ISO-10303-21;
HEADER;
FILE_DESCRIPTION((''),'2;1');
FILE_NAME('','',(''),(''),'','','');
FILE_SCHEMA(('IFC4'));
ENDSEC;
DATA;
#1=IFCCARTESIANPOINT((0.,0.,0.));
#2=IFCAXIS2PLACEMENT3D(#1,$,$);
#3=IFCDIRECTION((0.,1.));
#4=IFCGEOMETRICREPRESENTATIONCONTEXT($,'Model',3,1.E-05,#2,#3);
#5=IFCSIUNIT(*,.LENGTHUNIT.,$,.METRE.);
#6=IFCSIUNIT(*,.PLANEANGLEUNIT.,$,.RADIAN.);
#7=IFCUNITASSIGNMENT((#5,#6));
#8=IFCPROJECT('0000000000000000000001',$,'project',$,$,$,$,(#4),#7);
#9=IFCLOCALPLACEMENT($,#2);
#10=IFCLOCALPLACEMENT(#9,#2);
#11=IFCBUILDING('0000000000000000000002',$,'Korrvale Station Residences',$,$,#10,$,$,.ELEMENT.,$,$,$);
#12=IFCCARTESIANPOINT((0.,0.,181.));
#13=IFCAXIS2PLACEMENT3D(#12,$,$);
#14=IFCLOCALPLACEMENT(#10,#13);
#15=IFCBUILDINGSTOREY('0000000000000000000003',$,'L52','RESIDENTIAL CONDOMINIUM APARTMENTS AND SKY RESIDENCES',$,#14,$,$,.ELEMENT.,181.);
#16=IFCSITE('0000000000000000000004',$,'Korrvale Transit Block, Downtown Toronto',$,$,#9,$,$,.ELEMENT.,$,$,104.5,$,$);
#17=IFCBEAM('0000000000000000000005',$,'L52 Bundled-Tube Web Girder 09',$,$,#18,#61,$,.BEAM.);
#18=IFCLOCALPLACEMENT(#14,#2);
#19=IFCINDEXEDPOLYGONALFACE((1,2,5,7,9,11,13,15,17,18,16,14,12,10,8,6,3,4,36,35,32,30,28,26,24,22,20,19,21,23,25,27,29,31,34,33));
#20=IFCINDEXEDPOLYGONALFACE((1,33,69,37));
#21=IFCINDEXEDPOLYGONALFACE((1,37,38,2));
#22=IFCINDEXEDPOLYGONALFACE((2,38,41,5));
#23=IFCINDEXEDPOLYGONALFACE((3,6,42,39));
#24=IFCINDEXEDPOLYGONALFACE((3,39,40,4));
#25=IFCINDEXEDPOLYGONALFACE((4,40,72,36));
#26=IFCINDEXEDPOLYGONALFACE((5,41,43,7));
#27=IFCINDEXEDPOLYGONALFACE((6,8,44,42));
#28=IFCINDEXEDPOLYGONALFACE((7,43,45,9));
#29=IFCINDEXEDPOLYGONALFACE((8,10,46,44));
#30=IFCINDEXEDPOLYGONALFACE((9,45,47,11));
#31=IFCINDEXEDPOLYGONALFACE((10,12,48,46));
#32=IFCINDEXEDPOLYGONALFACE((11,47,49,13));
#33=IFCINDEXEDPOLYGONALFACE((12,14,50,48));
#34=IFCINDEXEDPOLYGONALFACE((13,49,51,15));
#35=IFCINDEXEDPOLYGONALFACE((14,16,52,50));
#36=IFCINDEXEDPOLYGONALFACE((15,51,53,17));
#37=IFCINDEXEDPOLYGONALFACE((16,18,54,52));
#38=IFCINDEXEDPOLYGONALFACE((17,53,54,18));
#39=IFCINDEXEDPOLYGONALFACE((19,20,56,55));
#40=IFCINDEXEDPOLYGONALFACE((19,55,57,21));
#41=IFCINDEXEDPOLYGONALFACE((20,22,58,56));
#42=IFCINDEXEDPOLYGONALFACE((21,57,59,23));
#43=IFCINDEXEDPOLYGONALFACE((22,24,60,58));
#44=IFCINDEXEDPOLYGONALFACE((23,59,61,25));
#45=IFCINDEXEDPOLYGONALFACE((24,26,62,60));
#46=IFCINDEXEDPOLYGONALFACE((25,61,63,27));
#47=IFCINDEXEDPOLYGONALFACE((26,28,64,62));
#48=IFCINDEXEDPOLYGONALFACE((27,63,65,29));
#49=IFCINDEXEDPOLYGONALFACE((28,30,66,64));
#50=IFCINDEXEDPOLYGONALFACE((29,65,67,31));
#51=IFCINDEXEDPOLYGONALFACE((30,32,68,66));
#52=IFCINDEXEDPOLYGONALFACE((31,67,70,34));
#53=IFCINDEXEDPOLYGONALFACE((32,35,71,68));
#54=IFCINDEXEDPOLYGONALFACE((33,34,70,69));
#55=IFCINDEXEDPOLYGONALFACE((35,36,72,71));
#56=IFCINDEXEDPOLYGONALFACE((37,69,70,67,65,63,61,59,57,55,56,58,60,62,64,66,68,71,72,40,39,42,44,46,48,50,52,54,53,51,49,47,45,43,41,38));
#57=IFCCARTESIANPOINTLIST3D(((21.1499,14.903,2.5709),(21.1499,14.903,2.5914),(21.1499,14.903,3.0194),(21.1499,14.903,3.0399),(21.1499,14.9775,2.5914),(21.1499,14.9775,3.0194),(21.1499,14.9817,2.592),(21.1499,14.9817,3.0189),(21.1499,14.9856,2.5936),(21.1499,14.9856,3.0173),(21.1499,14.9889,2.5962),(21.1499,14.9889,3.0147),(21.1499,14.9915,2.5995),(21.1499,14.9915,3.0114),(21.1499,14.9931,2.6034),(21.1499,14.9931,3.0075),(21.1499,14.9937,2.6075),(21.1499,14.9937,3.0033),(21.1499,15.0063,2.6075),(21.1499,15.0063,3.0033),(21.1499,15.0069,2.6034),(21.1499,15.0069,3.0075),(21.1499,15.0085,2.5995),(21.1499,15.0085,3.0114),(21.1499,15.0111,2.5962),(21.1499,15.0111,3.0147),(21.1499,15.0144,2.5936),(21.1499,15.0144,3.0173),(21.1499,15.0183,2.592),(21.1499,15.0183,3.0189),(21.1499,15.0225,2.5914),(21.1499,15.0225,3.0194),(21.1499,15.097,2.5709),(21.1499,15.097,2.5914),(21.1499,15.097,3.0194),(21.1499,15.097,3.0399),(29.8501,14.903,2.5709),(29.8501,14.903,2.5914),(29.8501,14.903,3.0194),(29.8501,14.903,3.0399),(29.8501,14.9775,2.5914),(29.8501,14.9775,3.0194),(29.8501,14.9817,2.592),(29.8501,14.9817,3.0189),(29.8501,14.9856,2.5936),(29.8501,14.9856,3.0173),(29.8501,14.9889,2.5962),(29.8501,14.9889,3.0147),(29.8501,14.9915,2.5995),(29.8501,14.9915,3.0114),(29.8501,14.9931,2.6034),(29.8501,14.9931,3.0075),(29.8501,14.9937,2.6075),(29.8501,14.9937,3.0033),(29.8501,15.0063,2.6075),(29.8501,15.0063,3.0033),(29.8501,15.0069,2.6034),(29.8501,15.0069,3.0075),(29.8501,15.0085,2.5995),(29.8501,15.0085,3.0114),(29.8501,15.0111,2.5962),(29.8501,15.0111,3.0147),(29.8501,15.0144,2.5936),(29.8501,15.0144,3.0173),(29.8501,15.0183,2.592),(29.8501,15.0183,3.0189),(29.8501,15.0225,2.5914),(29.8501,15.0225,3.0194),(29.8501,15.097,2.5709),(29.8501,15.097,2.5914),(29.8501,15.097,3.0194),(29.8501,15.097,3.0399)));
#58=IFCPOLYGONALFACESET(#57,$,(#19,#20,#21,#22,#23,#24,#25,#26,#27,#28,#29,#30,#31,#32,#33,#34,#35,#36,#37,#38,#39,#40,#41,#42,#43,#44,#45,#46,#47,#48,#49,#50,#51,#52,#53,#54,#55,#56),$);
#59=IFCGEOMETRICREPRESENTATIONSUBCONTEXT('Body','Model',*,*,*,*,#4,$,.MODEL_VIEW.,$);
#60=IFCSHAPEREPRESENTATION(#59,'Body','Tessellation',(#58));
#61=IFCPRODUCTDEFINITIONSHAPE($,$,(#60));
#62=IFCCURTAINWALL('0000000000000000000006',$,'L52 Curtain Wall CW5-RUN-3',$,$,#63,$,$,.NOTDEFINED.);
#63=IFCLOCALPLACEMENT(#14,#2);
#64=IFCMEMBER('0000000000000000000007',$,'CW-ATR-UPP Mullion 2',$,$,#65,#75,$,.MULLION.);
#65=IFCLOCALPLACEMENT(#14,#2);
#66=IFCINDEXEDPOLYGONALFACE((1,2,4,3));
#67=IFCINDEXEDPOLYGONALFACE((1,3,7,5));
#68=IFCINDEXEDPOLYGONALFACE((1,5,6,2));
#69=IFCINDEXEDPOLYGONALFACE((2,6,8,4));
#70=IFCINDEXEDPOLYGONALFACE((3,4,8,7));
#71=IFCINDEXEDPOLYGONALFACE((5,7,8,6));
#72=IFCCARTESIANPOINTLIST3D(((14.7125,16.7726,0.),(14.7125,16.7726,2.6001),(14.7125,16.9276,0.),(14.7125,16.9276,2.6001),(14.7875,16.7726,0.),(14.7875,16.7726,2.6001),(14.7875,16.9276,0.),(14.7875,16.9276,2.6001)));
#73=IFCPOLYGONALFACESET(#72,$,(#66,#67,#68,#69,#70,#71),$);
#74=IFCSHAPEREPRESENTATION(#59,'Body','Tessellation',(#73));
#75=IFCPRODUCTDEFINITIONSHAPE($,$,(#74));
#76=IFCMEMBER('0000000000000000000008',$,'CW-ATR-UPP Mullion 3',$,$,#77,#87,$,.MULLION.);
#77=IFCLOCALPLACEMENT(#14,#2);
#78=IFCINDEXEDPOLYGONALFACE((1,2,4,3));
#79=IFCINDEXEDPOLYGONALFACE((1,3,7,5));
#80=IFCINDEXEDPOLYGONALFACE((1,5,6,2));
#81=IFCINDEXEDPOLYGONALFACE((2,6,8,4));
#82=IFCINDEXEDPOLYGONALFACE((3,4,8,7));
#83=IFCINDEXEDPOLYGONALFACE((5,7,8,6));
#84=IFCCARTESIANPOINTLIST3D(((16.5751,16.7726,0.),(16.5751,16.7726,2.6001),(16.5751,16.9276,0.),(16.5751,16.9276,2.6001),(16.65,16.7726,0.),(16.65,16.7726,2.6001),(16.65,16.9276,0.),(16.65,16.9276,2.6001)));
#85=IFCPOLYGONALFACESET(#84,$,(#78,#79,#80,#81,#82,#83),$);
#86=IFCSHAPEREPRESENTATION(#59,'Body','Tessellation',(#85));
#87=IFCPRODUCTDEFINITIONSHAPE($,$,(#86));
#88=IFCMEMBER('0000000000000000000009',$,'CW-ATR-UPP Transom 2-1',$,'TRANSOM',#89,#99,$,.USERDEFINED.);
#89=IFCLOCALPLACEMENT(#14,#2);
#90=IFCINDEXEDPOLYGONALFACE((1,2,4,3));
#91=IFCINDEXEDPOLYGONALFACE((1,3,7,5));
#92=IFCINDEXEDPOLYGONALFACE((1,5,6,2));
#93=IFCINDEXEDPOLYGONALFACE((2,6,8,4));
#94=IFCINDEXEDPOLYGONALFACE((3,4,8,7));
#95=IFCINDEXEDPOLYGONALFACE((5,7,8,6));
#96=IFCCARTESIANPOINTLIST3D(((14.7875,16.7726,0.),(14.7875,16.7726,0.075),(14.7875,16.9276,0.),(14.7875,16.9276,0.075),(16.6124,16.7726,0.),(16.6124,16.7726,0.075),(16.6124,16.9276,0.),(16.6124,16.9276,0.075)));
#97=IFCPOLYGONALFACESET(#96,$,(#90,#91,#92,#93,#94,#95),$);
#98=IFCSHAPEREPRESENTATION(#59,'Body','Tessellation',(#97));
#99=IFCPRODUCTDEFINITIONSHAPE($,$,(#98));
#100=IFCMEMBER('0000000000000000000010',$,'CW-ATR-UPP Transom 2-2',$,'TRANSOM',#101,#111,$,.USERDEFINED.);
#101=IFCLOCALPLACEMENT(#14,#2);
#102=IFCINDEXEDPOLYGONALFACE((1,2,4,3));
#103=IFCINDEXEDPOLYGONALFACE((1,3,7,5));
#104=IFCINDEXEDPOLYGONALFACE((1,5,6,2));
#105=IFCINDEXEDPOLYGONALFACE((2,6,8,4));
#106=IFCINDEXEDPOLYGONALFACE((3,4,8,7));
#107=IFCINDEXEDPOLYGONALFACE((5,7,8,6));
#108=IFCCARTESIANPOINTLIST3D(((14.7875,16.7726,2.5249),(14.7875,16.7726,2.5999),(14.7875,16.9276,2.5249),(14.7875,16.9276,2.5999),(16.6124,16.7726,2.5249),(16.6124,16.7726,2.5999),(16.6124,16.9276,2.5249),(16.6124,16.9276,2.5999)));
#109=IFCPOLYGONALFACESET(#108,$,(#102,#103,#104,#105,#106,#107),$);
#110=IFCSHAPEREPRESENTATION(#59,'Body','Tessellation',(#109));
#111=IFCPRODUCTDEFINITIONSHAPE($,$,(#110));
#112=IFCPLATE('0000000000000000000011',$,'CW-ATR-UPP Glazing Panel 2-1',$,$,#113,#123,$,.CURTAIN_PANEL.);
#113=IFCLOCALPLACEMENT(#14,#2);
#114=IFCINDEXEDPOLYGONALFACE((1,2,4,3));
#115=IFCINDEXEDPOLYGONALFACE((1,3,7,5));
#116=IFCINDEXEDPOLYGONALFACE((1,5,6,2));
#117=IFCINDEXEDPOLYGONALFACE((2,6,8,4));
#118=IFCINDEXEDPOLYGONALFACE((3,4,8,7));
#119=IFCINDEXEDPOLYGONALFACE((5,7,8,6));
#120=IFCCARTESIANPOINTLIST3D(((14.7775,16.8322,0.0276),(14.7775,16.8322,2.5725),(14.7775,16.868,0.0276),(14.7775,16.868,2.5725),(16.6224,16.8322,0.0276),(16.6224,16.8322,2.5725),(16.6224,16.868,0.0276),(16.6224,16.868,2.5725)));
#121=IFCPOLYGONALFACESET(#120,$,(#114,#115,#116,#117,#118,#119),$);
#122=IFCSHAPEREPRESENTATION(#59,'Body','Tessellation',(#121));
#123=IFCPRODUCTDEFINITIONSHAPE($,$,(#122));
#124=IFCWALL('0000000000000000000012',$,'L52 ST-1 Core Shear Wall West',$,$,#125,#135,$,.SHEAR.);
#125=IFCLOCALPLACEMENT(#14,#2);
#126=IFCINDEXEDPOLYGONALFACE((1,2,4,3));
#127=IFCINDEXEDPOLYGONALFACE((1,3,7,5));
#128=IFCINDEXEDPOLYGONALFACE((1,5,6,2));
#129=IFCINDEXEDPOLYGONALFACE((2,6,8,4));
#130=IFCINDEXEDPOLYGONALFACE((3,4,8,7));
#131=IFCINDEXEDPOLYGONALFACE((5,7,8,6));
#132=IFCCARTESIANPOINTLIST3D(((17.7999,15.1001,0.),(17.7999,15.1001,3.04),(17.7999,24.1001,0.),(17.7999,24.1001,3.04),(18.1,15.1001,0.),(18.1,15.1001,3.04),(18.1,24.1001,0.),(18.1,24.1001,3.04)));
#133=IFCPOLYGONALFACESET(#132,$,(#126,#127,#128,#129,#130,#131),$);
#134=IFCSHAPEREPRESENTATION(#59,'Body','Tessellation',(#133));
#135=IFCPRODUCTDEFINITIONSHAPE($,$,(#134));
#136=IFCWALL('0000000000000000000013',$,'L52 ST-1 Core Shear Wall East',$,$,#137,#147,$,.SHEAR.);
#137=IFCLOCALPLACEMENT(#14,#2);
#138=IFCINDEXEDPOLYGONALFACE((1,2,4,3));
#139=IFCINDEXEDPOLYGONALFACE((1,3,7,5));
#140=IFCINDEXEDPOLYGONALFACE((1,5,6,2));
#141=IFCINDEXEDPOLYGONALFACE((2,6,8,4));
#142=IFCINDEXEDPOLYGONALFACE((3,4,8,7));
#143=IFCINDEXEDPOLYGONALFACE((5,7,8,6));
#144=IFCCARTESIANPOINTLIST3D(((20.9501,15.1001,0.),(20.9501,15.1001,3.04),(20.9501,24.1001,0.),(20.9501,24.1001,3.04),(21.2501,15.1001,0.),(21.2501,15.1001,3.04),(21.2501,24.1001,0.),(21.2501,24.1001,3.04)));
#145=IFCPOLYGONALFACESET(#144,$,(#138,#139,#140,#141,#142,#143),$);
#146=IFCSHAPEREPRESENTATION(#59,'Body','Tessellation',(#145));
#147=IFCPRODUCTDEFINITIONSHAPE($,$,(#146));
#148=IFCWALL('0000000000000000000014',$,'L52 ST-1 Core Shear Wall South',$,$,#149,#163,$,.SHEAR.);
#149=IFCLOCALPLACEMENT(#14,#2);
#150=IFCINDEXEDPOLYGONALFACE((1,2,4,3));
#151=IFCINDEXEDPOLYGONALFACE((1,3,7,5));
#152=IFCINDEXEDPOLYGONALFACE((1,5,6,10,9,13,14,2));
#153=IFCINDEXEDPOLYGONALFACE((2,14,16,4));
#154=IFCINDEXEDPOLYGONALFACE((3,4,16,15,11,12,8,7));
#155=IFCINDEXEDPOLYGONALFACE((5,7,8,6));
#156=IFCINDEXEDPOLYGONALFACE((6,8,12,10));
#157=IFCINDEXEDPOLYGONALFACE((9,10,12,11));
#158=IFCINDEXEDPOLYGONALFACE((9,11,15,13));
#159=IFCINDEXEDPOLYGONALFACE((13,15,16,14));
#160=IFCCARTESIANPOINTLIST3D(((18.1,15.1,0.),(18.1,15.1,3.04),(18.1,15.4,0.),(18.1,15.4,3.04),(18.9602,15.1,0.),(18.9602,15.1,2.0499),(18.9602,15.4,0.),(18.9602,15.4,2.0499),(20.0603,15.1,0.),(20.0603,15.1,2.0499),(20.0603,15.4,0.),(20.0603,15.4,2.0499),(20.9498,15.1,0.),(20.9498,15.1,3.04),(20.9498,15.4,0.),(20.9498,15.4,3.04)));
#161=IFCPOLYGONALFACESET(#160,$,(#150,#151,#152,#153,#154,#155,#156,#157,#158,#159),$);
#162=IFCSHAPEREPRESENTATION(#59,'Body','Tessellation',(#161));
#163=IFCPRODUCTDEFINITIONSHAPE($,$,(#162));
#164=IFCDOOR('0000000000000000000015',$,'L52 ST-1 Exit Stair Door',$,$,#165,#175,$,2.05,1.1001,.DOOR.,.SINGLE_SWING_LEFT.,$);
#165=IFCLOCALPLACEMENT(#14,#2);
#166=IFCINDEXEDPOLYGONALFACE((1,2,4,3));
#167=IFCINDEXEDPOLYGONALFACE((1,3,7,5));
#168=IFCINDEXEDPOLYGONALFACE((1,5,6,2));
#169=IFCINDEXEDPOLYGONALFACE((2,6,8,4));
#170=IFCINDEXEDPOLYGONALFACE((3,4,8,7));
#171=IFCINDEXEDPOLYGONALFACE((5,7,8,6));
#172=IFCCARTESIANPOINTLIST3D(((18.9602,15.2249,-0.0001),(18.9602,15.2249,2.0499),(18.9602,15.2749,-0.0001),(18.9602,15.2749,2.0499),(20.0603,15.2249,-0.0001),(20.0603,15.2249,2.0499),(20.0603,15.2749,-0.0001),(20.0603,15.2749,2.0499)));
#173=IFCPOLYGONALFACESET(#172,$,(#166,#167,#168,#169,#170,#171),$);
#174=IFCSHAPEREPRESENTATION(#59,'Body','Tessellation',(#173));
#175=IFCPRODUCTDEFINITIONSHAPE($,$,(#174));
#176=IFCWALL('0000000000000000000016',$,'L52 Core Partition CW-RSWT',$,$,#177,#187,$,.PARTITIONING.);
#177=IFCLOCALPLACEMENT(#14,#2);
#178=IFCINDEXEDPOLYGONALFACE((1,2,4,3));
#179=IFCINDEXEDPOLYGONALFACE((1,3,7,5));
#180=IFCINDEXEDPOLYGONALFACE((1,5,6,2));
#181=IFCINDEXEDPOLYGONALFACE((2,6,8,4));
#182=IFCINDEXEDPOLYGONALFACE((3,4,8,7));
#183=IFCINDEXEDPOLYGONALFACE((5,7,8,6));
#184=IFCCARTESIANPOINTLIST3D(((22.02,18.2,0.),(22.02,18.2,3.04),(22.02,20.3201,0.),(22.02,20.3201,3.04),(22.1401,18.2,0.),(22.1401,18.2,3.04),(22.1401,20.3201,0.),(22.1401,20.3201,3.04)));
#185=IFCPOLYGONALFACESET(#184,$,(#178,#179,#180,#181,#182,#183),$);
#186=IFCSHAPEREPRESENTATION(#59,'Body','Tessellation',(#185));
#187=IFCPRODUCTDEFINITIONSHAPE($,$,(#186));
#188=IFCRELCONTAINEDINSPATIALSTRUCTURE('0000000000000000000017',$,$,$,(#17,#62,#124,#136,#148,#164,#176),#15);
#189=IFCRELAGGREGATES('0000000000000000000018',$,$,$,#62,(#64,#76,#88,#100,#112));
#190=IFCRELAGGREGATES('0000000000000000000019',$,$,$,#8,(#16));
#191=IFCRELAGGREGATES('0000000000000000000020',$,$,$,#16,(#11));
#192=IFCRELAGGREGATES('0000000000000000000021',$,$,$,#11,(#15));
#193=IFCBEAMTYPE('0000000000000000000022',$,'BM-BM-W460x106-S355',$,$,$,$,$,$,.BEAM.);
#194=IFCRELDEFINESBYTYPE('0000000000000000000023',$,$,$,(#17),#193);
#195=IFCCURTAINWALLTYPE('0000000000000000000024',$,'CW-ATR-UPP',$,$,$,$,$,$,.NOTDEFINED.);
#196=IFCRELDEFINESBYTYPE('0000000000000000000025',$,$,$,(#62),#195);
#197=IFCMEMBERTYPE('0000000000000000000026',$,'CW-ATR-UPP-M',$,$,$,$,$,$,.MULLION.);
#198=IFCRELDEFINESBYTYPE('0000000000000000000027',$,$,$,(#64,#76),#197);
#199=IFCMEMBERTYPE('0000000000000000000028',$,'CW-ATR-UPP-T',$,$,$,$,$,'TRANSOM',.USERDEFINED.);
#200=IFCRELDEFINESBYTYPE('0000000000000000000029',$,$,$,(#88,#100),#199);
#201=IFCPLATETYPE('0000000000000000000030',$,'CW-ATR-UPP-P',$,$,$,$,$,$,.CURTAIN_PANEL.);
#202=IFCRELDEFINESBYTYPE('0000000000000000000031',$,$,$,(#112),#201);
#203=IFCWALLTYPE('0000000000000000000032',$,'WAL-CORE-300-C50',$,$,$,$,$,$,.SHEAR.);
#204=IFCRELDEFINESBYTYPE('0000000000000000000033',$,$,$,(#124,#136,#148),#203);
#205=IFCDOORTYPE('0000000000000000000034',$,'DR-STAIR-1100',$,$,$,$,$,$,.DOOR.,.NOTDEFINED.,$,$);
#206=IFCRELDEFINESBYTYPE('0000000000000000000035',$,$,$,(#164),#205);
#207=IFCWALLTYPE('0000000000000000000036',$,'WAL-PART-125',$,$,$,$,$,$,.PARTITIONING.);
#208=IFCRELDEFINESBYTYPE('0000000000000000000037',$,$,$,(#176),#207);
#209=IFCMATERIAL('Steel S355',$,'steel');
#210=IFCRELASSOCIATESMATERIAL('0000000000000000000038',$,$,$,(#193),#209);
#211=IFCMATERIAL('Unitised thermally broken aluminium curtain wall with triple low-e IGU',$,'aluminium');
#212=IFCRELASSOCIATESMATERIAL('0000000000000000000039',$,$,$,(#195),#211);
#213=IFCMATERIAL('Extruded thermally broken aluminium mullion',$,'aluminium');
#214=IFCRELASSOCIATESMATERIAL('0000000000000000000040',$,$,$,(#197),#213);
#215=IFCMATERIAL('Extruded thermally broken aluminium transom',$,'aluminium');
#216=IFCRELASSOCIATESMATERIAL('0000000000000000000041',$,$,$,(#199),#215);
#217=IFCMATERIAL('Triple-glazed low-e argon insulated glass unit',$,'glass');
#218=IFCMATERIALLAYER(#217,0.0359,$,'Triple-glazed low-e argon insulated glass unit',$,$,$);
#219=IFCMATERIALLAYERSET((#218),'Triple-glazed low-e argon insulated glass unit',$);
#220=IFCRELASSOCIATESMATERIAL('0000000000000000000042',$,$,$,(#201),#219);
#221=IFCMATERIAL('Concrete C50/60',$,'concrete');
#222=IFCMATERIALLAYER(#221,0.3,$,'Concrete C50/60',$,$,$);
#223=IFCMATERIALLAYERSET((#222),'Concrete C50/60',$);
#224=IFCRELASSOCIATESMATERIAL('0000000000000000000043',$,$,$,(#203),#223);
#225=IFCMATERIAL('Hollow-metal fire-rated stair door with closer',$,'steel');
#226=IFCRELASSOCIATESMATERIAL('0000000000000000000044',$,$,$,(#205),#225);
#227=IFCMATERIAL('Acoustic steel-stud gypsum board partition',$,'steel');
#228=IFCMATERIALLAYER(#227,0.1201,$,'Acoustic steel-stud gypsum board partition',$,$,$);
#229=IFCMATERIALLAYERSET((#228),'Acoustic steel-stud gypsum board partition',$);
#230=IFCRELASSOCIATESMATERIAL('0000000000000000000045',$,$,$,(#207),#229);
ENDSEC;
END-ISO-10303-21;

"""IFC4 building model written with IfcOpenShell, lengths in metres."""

from ifc_helpers import new_model, si_unit, direction, frame, frame_2d, origin, origin_2d, place, context, subcontext, project, spatial, rectangle, i_section, extrude, material, layer, layer_set, material_profile, profile_set, type_object, element, fill, aggregate, save


model = new_model("IFC4")

# Units and contexts
model_context = context("Model", 3, precision=1e-05, world=origin(), true_north=direction((0.0, 1.0)))
body_context = subcontext(model_context, "Body", "Model", "MODEL_VIEW")
ifc_project = project(units=[si_unit("LENGTHUNIT", "METRE"), si_unit("PLANEANGLEUNIT", "RADIAN")], contexts=[model_context])

# Site, building, storey
site_placement = place(None, origin())
site = spatial("IfcSite", under=ifc_project, at=site_placement, Name="Korrvale Transit Block, Downtown Toronto", CompositionType="ELEMENT", RefElevation=104.5)
building_placement = place(site_placement, origin())
building = spatial("IfcBuilding", under=site, at=building_placement, Name="Korrvale Station Residences", CompositionType="ELEMENT")
storey_placement = place(building_placement, frame((0.0, 0.0, 181.0)))
storey = spatial("IfcBuildingStorey", under=building, at=storey_placement, Name="L52", Description="RESIDENTIAL CONDOMINIUM APARTMENTS AND SKY RESIDENCES", CompositionType="ELEMENT", Elevation=181.0)

# Beam
ifc_material_1 = material(Name="Steel S355", Category="steel")
ifc_material_profile = material_profile(ifc_material_1, i_section(OverallWidth=0.1941, OverallDepth=0.469, WebThickness=0.0127, FlangeThickness=0.0205, FilletRadius=0.0161, at=origin_2d()), Name="W460x106")
ifc_profile_set = profile_set([ifc_material_profile], Name="Steel S355")
beam_type = type_object("IfcBeamType", Name="BM-BM-W460x106-S355", PredefinedType="BEAM", material=ifc_profile_set)
beam_placement = place(storey_placement, frame((21.1499, 15.0, 2.8054), z_axis=(1.0, 0.0, 0.0), x_axis=(0.0, 1.0, 0.0)))
element("IfcBeam", 1, at=beam_placement, inside=storey, type_object=beam_type, Name="L52 Bundled-Tube Web Girder 09", PredefinedType="BEAM", context=body_context, shape_type="SweptSolid", body=[
    extrude(i_section(OverallWidth=0.1941, OverallDepth=0.469, WebThickness=0.0127, FlangeThickness=0.0205, FilletRadius=0.0161, at=origin_2d()), origin(), (0.0, 0.0, 1.0), 8.7002),
])

# Curtain wall, members, plate
ifc_material_2 = material(Name="Unitised thermally broken aluminium curtain wall with triple low-e IGU", Category="aluminium")
curtain_wall_type = type_object("IfcCurtainWallType", Name="CW-ATR-UPP", PredefinedType="NOTDEFINED", material=ifc_material_2)
curtain_wall_placement = place(storey_placement, origin())
curtain_wall = element("IfcCurtainWall", 2, at=curtain_wall_placement, inside=storey, type_object=curtain_wall_type, Name="L52 Curtain Wall CW5-RUN-3", PredefinedType="NOTDEFINED")
ifc_material_3 = material(Name="Extruded thermally broken aluminium mullion", Category="aluminium")
member_type_1 = type_object("IfcMemberType", Name="CW-ATR-UPP-M", PredefinedType="MULLION", material=ifc_material_3)
member_1_placement = place(storey_placement, frame((14.75, 16.8501, 0.0), z_axis=(0.0, 0.0, 1.0), x_axis=(1.0, 0.0, 0.0)))
member_1 = element("IfcMember", 3, at=member_1_placement, type_object=member_type_1, Name="CW-ATR-UPP Mullion 2", PredefinedType="MULLION", context=body_context, shape_type="SweptSolid", body=[
    extrude(rectangle(XDim=0.075, YDim=0.155, at=origin_2d()), origin(), (0.0, 0.0, 1.0), 2.6001),
])
member_2_placement = place(storey_placement, frame((16.6125, 16.8501, 0.0), z_axis=(0.0, 0.0, 1.0), x_axis=(1.0, 0.0, 0.0)))
member_2 = element("IfcMember", 4, at=member_2_placement, type_object=member_type_1, Name="CW-ATR-UPP Mullion 3", PredefinedType="MULLION", context=body_context, shape_type="SweptSolid", body=[
    extrude(rectangle(XDim=0.075, YDim=0.155, at=origin_2d()), origin(), (0.0, 0.0, 1.0), 2.6001),
])
ifc_material_4 = material(Name="Extruded thermally broken aluminium transom", Category="aluminium")
member_type_2 = type_object("IfcMemberType", Name="CW-ATR-UPP-T", ElementType="TRANSOM", PredefinedType="USERDEFINED", material=ifc_material_4)
member_3_placement = place(storey_placement, frame((15.7, 16.8501, 0.0), z_axis=(0.0, 0.0, 1.0), x_axis=(1.0, 0.0, 0.0)))
member_3 = element("IfcMember", 5, at=member_3_placement, type_object=member_type_2, Name="CW-ATR-UPP Transom 2-1", ObjectType="TRANSOM", PredefinedType="USERDEFINED", context=body_context, shape_type="SweptSolid", body=[
    extrude(rectangle(XDim=1.825, YDim=0.155, at=origin_2d()), origin(), (0.0, 0.0, 1.0), 0.075),
])
member_4_placement = place(storey_placement, frame((15.7, 16.8501, 2.5249), z_axis=(0.0, 0.0, 1.0), x_axis=(1.0, 0.0, 0.0)))
member_4 = element("IfcMember", 6, at=member_4_placement, type_object=member_type_2, Name="CW-ATR-UPP Transom 2-2", ObjectType="TRANSOM", PredefinedType="USERDEFINED", context=body_context, shape_type="SweptSolid", body=[
    extrude(rectangle(XDim=1.825, YDim=0.155, at=origin_2d()), origin(), (0.0, 0.0, 1.0), 0.075),
])
ifc_material_5 = material(Name="Triple-glazed low-e argon insulated glass unit", Category="glass")
ifc_layer_1 = layer(ifc_material_5, 0.0359, Name="Triple-glazed low-e argon insulated glass unit")
ifc_layer_set_1 = layer_set([ifc_layer_1], Name="Triple-glazed low-e argon insulated glass unit")
plate_type = type_object("IfcPlateType", Name="CW-ATR-UPP-P", PredefinedType="CURTAIN_PANEL", material=ifc_layer_set_1)
plate_placement = place(storey_placement, frame((15.7, 16.8501, 0.0276), z_axis=(0.0, 0.0, 1.0), x_axis=(1.0, 0.0, 0.0)))
plate = element("IfcPlate", 7, at=plate_placement, type_object=plate_type, Name="CW-ATR-UPP Glazing Panel 2-1", PredefinedType="CURTAIN_PANEL", context=body_context, shape_type="SweptSolid", body=[
    extrude(rectangle(XDim=1.845, YDim=0.0359, at=origin_2d()), origin(), (0.0, 0.0, 1.0), 2.5449),
])
aggregate(curtain_wall, [member_1, member_2, member_3, member_4, plate])

# Walls
ifc_material_6 = material(Name="Concrete C50/60", Category="concrete")
ifc_layer_2 = layer(ifc_material_6, 0.3, Name="Concrete C50/60")
ifc_layer_set_2 = layer_set([ifc_layer_2], Name="Concrete C50/60")
wall_type_1 = type_object("IfcWallType", Name="WAL-CORE-300-C50", PredefinedType="SHEAR", material=ifc_layer_set_2)
for number, where, z_axis, x_axis, name in (
    (8, (17.95, 15.1001, 0.0), (0.0, 0.0, 1.0), (0.0, 1.0, 0.0), "L52 ST-1 Core Shear Wall West"),
    (9, (21.1001, 15.1001, 0.0), (0.0, 0.0, 1.0), (0.0, 1.0, 0.0), "L52 ST-1 Core Shear Wall East"),
):
    element("IfcWall", number, at=place(storey_placement, frame(where, z_axis=z_axis, x_axis=x_axis)), inside=storey, type_object=wall_type_1, Name=name, PredefinedType="SHEAR", context=body_context, shape_type="SweptSolid", body=[
        extrude(rectangle(XDim=9.0, YDim=0.3, at=frame_2d((4.5, 0.0))), origin(), (0.0, 0.0, 1.0), 3.04),
    ])

# Wall, opening, door
wall_1_placement = place(storey_placement, frame((18.1001, 15.25, 0.0), z_axis=(0.0, 0.0, 1.0), x_axis=(1.0, 0.0, 0.0)))
wall_1 = element("IfcWall", 10, at=wall_1_placement, inside=storey, type_object=wall_type_1, Name="L52 ST-1 Core Shear Wall South", PredefinedType="SHEAR", context=body_context, shape_type="SweptSolid", body=[
    extrude(rectangle(XDim=2.8499, YDim=0.3, at=frame_2d((1.4248, 0.0))), origin(), (0.0, 0.0, 1.0), 3.04),
])
opening_1_placement = place(wall_1_placement, frame((0.8601, 0.0, 0.0)))
opening_1 = element("IfcOpeningElement", 11, at=opening_1_placement, cuts=wall_1, PredefinedType="OPENING", context=body_context, shape_type="SweptSolid", body=[
    extrude(rectangle(XDim=1.1001, YDim=2.05, at=frame_2d((0.55, 1.0249))), frame((0.0, 0.1602, 0.0), z_axis=(0.0, -1.0, 0.0), x_axis=(1.0, 0.0, 0.0)), (0.0, 0.0, 1.0), 0.3201),
])
ifc_material_7 = material(Name="Hollow-metal fire-rated stair door with closer", Category="steel")
door_type_1 = type_object("IfcDoorType", Name="DR-STAIR-1100", OperationType="NOTDEFINED", PredefinedType="DOOR", material=ifc_material_7)
door_1_placement = place(opening_1_placement, origin())
door_1 = element("IfcDoor", 12, at=door_1_placement, inside=storey, type_object=door_type_1, Name="L52 ST-1 Exit Stair Door", OperationType="SINGLE_SWING_LEFT", OverallHeight=2.05, OverallWidth=1.1001, PredefinedType="DOOR", context=body_context, shape_type="SweptSolid", body=[
    extrude(rectangle(XDim=1.1001, YDim=2.05, at=frame_2d((0.55, 1.0249))), frame((0.0, 0.0249, 0.0), z_axis=(0.0, -1.0, 0.0), x_axis=(1.0, 0.0, 0.0)), (0.0, 0.0, 1.0), 0.05),
])
fill(opening_1, door_1)

# Wall
ifc_material_8 = material(Name="Acoustic steel-stud gypsum board partition", Category="steel")
ifc_layer_3 = layer(ifc_material_8, 0.1201, Name="Acoustic steel-stud gypsum board partition")
ifc_layer_set_3 = layer_set([ifc_layer_3], Name="Acoustic steel-stud gypsum board partition")
wall_type_2 = type_object("IfcWallType", Name="WAL-PART-125", PredefinedType="PARTITIONING", material=ifc_layer_set_3)
wall_2_placement = place(storey_placement, frame((22.0801, 18.2, 0.0), z_axis=(0.0, 0.0, 1.0), x_axis=(0.0, 1.0, 0.0)))
element("IfcWall", 13, at=wall_2_placement, inside=storey, type_object=wall_type_2, Name="L52 Core Partition CW-RSWT", PredefinedType="PARTITIONING", context=body_context, shape_type="SweptSolid", body=[
    extrude(rectangle(XDim=2.1201, YDim=0.1201, at=frame_2d((1.0601, 0.0))), origin(), (0.0, 0.0, 1.0), 3.04),
])

save(model, "model.ifc")
